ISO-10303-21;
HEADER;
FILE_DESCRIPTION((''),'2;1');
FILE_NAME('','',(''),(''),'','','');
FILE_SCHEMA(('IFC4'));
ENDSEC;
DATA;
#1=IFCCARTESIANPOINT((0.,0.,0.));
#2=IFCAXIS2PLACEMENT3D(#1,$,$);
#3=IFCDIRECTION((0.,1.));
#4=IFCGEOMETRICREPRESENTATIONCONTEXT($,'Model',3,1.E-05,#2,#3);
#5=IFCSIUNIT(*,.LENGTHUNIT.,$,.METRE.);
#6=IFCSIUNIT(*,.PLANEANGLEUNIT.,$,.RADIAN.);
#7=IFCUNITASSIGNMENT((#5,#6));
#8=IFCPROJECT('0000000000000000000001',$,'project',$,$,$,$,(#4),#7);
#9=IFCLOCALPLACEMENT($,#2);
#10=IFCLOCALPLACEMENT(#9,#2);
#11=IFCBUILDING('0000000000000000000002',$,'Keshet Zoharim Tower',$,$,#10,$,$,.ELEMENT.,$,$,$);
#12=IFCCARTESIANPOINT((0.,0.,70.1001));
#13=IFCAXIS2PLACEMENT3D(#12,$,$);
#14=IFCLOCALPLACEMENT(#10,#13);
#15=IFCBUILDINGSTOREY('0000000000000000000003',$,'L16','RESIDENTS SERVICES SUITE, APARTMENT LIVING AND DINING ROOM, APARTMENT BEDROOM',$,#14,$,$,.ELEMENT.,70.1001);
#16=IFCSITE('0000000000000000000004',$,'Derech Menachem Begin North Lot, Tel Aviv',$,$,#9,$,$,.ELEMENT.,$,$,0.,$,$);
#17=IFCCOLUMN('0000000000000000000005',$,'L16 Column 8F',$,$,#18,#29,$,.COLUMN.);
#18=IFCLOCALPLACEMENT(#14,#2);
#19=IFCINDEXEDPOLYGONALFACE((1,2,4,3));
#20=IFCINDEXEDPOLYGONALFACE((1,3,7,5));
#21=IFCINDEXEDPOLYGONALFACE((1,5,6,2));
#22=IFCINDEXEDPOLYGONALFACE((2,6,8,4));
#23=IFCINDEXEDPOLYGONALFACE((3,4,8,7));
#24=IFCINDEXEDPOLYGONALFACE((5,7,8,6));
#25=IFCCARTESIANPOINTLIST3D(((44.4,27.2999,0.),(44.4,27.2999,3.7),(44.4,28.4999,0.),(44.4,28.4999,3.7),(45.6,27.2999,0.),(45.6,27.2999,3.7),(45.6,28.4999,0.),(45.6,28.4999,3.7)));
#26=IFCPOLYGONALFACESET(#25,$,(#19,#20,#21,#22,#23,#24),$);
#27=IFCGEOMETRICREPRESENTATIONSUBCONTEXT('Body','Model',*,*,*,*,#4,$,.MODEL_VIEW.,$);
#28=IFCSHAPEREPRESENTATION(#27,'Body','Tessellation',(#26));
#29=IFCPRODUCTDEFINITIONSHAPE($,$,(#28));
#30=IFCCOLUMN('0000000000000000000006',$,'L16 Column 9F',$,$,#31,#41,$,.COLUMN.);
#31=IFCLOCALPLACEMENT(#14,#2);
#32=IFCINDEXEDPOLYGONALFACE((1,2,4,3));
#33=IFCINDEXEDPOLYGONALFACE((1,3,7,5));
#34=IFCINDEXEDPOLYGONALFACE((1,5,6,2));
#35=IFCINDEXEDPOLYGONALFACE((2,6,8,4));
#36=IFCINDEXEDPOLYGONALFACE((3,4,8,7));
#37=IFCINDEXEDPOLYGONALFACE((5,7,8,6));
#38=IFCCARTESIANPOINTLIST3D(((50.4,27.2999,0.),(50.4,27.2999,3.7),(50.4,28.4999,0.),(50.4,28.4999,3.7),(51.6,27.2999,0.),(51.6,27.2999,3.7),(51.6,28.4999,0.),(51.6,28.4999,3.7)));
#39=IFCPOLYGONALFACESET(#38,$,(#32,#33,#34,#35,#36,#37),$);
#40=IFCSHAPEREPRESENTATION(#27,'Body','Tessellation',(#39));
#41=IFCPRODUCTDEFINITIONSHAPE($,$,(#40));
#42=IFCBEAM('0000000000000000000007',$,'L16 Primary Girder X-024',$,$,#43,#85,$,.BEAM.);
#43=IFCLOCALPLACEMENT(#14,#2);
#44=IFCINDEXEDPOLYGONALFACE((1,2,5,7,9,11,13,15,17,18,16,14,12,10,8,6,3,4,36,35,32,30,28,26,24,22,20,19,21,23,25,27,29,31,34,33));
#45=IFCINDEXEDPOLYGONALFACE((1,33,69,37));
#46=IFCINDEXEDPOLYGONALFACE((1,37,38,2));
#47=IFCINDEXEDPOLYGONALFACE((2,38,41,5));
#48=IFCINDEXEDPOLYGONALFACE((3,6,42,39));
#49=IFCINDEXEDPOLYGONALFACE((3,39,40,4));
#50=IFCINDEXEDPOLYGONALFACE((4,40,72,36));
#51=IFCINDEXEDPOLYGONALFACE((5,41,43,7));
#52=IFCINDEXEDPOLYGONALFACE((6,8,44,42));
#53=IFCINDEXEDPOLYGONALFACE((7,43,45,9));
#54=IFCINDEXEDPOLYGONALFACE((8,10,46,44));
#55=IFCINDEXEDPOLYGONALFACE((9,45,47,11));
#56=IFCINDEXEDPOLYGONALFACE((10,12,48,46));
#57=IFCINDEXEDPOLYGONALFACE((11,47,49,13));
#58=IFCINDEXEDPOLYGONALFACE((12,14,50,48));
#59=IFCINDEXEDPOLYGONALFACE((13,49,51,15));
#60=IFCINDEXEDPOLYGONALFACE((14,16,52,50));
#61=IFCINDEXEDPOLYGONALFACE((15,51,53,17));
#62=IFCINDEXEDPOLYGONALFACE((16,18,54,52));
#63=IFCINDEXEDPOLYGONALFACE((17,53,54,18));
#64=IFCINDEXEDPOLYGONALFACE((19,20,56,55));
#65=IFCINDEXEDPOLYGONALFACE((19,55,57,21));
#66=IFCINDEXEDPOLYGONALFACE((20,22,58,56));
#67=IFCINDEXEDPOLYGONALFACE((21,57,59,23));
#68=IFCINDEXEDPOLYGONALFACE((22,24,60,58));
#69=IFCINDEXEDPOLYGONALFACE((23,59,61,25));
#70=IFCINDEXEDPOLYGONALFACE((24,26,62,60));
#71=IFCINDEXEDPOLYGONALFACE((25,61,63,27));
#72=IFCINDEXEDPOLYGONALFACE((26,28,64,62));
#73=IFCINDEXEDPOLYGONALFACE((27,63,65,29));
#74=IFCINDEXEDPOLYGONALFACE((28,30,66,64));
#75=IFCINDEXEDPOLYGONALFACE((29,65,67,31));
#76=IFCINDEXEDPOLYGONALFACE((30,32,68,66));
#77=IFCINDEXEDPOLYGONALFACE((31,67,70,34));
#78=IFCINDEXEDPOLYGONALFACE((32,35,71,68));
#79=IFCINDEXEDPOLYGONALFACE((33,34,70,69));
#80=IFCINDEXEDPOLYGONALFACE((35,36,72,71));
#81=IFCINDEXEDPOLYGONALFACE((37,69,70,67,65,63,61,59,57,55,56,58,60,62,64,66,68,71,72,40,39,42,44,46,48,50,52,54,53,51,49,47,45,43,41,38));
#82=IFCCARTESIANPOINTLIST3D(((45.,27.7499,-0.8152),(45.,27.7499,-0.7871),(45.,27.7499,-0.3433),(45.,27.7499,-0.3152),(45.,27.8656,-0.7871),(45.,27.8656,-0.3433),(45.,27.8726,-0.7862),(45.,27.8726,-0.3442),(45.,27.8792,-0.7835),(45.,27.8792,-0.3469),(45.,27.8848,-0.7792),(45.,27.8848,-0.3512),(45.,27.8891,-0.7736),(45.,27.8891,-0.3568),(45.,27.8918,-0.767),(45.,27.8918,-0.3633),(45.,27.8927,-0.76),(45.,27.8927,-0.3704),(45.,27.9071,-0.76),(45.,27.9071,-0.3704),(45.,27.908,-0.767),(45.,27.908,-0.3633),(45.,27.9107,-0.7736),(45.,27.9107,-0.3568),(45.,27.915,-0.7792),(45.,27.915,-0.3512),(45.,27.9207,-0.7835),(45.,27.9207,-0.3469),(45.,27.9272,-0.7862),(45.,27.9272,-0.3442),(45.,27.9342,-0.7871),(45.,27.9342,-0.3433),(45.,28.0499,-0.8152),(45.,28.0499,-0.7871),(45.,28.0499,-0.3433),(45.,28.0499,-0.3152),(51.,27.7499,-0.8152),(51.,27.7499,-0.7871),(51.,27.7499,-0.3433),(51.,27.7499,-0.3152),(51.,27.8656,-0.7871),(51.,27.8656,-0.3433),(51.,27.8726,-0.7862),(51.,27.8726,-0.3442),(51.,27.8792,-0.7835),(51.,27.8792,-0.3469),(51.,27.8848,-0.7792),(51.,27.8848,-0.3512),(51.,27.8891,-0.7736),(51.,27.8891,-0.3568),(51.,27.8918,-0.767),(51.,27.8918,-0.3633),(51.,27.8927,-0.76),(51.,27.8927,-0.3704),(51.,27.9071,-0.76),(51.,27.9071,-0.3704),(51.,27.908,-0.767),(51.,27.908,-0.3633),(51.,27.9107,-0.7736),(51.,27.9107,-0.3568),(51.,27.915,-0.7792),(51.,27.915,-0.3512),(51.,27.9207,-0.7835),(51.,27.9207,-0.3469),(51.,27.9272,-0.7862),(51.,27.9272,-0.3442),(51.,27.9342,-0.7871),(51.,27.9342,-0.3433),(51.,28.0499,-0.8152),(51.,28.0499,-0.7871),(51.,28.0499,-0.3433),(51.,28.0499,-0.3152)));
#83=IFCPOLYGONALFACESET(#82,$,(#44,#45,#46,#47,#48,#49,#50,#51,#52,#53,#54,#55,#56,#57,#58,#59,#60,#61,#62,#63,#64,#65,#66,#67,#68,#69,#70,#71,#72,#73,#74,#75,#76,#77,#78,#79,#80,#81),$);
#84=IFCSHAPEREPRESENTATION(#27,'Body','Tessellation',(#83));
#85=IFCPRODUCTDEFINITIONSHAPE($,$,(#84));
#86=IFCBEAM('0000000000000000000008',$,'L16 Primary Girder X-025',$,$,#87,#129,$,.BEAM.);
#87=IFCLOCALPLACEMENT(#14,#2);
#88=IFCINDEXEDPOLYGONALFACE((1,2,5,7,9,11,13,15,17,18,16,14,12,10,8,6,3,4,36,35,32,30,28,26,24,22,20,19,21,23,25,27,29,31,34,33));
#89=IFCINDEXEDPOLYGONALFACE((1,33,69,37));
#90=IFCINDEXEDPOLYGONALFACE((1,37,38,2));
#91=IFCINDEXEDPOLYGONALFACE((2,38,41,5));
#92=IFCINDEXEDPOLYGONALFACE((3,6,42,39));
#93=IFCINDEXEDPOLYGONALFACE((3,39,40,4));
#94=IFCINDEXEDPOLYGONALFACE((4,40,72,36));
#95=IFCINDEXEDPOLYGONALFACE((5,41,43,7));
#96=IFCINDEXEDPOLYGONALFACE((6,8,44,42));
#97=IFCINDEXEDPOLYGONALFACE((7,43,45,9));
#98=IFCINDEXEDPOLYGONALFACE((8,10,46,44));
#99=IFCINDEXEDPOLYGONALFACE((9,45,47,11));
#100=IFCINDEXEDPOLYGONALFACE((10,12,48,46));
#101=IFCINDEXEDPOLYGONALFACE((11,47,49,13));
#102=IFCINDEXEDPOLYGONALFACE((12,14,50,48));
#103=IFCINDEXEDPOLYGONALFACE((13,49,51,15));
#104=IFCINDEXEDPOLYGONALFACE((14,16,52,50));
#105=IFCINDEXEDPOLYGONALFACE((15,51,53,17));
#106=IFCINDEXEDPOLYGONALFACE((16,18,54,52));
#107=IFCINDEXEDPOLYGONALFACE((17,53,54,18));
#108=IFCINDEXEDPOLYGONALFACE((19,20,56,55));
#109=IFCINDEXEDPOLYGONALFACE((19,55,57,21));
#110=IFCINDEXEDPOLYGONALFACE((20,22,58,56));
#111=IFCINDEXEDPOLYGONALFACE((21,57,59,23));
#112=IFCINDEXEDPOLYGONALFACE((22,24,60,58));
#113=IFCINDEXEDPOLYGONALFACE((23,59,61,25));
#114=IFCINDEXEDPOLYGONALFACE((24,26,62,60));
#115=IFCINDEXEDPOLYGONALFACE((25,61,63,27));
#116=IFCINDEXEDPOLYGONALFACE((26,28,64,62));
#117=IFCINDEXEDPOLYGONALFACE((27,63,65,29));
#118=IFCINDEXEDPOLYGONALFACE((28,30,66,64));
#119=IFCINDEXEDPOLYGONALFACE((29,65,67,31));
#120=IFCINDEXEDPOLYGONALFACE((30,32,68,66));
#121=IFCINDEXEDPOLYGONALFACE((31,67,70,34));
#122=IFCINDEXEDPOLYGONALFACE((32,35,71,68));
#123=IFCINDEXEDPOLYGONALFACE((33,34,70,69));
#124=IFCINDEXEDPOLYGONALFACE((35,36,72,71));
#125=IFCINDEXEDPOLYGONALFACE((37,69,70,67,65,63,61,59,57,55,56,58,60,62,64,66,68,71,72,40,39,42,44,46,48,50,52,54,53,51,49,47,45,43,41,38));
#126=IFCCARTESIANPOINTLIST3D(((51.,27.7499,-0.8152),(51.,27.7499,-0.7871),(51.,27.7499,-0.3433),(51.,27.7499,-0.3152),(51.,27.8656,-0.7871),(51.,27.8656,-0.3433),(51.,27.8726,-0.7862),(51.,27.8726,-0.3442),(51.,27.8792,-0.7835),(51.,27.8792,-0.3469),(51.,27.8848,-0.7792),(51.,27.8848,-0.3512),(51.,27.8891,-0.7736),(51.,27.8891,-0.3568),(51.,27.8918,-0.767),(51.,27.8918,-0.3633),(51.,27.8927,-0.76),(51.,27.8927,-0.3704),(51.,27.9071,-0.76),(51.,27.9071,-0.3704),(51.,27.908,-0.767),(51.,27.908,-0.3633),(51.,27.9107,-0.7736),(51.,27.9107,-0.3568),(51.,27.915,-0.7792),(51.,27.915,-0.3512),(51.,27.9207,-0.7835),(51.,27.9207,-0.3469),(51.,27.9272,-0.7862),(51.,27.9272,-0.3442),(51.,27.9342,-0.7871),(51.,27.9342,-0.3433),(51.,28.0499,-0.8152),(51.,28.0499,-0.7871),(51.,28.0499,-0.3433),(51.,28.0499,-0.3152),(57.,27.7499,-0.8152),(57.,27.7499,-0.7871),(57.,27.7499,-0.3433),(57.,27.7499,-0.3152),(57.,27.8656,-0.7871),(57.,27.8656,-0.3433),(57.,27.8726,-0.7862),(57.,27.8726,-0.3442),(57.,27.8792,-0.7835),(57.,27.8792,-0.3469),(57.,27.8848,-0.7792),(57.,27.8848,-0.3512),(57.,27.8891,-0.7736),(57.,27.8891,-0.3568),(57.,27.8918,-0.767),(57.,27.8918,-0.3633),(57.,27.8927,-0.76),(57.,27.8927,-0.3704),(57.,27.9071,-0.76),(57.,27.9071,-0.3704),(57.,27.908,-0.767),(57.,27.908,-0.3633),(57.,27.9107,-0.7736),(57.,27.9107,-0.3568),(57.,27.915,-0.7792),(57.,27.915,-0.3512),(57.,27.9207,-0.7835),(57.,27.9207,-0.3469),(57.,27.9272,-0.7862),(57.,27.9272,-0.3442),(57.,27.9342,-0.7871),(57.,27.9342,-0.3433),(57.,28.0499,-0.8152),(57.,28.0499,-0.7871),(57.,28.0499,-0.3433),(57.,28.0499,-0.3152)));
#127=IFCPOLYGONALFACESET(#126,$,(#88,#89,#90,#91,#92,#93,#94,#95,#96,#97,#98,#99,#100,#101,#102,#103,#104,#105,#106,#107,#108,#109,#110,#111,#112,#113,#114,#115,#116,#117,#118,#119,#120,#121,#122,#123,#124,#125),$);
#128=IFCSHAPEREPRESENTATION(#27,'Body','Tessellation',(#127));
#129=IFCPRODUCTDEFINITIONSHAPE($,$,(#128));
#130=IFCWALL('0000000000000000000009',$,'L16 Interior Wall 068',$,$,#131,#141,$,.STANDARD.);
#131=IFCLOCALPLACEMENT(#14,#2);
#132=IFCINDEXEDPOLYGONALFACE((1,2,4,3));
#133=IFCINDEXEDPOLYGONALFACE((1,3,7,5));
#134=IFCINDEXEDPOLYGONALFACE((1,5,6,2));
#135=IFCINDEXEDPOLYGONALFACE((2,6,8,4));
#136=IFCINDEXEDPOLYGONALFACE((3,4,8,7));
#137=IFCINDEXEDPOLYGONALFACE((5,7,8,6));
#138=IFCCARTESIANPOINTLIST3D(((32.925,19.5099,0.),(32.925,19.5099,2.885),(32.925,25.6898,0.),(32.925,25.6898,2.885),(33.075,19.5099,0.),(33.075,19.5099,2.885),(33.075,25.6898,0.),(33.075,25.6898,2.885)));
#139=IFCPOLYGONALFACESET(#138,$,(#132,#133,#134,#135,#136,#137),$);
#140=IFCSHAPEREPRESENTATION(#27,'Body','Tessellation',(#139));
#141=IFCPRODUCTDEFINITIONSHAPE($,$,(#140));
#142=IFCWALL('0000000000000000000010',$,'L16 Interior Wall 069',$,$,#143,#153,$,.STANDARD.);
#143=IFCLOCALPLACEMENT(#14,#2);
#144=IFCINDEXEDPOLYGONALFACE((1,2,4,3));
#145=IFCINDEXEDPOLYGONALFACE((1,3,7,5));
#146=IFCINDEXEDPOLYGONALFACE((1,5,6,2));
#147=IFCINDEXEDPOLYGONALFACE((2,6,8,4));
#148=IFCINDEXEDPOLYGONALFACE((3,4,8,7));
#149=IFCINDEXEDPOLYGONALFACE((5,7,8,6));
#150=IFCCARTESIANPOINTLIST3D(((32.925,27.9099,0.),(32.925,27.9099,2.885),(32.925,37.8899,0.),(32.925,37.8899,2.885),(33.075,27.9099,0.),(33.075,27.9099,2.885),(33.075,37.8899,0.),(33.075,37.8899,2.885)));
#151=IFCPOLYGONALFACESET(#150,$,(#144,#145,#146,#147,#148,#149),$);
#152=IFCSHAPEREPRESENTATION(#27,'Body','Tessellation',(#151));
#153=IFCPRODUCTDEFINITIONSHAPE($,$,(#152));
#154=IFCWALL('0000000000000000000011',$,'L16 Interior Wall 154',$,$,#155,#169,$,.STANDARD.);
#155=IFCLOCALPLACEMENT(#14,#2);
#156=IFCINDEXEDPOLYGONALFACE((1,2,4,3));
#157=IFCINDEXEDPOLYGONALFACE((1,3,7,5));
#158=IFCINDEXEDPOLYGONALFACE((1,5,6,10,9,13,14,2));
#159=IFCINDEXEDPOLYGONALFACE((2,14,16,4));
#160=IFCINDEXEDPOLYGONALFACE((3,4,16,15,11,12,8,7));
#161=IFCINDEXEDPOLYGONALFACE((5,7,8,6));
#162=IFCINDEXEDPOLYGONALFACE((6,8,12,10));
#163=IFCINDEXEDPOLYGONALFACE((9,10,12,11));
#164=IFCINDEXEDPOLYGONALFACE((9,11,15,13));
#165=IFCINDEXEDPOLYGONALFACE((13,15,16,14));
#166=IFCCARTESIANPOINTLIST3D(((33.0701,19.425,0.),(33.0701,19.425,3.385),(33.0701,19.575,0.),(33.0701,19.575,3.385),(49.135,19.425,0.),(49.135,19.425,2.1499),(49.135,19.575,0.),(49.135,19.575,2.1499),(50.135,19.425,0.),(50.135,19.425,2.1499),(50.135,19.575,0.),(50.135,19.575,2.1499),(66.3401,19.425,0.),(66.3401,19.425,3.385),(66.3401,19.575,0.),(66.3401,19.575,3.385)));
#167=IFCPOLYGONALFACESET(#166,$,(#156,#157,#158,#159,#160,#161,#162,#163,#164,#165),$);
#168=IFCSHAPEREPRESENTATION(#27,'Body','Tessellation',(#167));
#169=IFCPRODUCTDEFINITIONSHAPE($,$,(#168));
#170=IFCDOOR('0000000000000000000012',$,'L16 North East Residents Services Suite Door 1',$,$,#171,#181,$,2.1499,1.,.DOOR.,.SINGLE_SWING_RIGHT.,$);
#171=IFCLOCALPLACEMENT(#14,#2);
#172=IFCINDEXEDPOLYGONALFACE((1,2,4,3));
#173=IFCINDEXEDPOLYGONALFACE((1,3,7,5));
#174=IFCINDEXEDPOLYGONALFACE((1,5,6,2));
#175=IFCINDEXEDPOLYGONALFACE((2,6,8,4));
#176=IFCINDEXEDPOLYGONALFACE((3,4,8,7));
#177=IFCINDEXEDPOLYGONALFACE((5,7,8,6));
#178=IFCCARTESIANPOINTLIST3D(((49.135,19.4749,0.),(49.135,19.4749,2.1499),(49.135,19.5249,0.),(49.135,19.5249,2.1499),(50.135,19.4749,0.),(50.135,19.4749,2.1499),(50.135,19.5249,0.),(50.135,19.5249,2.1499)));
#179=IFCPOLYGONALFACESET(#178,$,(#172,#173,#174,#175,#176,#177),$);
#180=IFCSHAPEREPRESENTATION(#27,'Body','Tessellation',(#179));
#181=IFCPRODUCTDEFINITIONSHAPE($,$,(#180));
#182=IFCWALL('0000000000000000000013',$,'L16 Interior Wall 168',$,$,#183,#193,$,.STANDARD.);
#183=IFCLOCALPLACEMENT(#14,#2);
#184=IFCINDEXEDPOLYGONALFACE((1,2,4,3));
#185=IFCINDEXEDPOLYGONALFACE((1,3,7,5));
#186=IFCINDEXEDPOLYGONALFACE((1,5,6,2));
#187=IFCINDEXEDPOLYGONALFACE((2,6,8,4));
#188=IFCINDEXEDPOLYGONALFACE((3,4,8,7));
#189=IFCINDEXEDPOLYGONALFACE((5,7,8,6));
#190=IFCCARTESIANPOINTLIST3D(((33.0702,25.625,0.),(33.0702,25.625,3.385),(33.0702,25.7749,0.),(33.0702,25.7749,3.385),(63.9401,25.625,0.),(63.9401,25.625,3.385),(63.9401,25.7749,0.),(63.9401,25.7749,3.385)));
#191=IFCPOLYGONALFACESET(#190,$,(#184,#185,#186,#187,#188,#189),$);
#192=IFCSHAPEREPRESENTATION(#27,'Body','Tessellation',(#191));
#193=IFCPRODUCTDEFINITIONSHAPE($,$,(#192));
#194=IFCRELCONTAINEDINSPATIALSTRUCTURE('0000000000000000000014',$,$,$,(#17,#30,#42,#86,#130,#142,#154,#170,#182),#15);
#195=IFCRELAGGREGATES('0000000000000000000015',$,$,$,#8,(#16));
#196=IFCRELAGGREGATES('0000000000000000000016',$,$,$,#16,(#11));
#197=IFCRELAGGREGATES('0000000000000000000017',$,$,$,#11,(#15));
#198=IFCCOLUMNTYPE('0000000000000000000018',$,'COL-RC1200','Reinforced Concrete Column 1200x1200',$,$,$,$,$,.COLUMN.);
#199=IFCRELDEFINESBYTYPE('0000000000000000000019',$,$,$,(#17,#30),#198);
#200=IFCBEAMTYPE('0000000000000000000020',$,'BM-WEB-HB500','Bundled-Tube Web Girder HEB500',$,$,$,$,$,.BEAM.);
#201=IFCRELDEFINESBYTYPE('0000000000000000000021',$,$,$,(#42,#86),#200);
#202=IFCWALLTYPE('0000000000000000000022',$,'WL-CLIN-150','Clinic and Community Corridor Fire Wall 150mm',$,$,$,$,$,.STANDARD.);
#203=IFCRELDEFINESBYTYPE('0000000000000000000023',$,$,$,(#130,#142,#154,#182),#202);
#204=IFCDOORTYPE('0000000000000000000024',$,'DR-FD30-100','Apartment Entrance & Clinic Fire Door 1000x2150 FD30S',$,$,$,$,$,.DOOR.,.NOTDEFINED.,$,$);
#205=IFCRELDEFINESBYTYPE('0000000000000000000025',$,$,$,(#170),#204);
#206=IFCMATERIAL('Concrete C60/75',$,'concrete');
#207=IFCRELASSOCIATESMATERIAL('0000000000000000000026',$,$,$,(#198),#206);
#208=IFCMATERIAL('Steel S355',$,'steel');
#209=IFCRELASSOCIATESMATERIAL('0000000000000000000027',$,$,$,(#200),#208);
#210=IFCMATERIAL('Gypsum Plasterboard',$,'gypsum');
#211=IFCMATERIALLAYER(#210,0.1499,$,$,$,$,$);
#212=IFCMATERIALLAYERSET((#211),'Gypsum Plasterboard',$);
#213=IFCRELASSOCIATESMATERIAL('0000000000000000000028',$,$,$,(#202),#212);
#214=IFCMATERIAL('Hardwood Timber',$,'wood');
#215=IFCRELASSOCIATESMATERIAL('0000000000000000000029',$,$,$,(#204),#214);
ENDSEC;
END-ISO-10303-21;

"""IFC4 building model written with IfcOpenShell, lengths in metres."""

from ifc_helpers import new_model, si_unit, direction, frame, frame_2d, origin, origin_2d, place, context, subcontext, project, spatial, rectangle, i_section, extrude, material, layer, layer_set, material_profile, profile_set, type_object, element, fill, save


model = new_model("IFC4")

# Units and contexts
model_context = context("Model", 3, precision=1e-05, world=origin(), true_north=direction((0.0, 1.0)))
body_context = subcontext(model_context, "Body", "Model", "MODEL_VIEW")
ifc_project = project(units=[si_unit("LENGTHUNIT", "METRE"), si_unit("PLANEANGLEUNIT", "RADIAN")], contexts=[model_context])

# Site, building, storey
site_placement = place(None, origin())
site = spatial("IfcSite", under=ifc_project, at=site_placement, Name="Derech Menachem Begin North Lot, Tel Aviv", CompositionType="ELEMENT", RefElevation=0.0)
building_placement = place(site_placement, origin())
building = spatial("IfcBuilding", under=site, at=building_placement, Name="Keshet Zoharim Tower", CompositionType="ELEMENT")
storey_placement = place(building_placement, frame((0.0, 0.0, 70.1001)))
storey = spatial("IfcBuildingStorey", under=building, at=storey_placement, Name="L16", Description="RESIDENTS SERVICES SUITE, APARTMENT LIVING AND DINING ROOM, APARTMENT BEDROOM", CompositionType="ELEMENT", Elevation=70.1001)

# Columns
ifc_material_1 = material(Name="Concrete C60/75", Category="concrete")
ifc_material_profile_1 = material_profile(ifc_material_1, rectangle(XDim=1.2, YDim=1.2, at=origin_2d()), Name="RC1200x1200")
ifc_profile_set_1 = profile_set([ifc_material_profile_1], Name="Concrete C60/75")
column_type = type_object("IfcColumnType", Name="COL-RC1200", Description="Reinforced Concrete Column 1200x1200", PredefinedType="COLUMN", material=ifc_profile_set_1)
for number, where, z_axis, x_axis, name in (
    (1, (45.0, 27.8999, 0.0), (0.0, 0.0, 1.0), (1.0, 0.0, 0.0), "L16 Column 8F"),
    (2, (51.0, 27.8999, 0.0), (0.0, 0.0, 1.0), (1.0, 0.0, 0.0), "L16 Column 9F"),
):
    element("IfcColumn", number, at=place(storey_placement, frame(where, z_axis=z_axis, x_axis=x_axis)), inside=storey, type_object=column_type, Name=name, PredefinedType="COLUMN", context=body_context, shape_type="SweptSolid", body=[
        extrude(rectangle(XDim=1.2, YDim=1.2, at=origin_2d()), origin(), (0.0, 0.0, 1.0), 3.7),
    ])

# Beams
ifc_material_2 = material(Name="Steel S355", Category="steel")
ifc_material_profile_2 = material_profile(ifc_material_2, i_section(OverallWidth=0.3, OverallDepth=0.5, WebThickness=0.0144, FlangeThickness=0.0281, FilletRadius=0.0271, at=origin_2d()), Name="HEB500")
ifc_profile_set_2 = profile_set([ifc_material_profile_2], Name="Steel S355")
beam_type = type_object("IfcBeamType", Name="BM-WEB-HB500", Description="Bundled-Tube Web Girder HEB500", PredefinedType="BEAM", material=ifc_profile_set_2)
for number, where, z_axis, x_axis, name in (
    (3, (45.0, 27.8999, -0.5652), (1.0, 0.0, 0.0), (0.0, 1.0, 0.0), "L16 Primary Girder X-024"),
    (4, (51.0, 27.8999, -0.5652), (1.0, 0.0, 0.0), (0.0, 1.0, 0.0), "L16 Primary Girder X-025"),
):
    element("IfcBeam", number, at=place(storey_placement, frame(where, z_axis=z_axis, x_axis=x_axis)), inside=storey, type_object=beam_type, Name=name, PredefinedType="BEAM", context=body_context, shape_type="SweptSolid", body=[
        extrude(i_section(OverallWidth=0.3, OverallDepth=0.5, WebThickness=0.0144, FlangeThickness=0.0281, FilletRadius=0.0271, at=origin_2d()), origin(), (0.0, 0.0, 1.0), 6.0),
    ])

# Walls
ifc_material_3 = material(Name="Gypsum Plasterboard", Category="gypsum")
ifc_layer_1 = layer(ifc_material_3, 0.1499)
ifc_layer_set_1 = layer_set([ifc_layer_1], Name="Gypsum Plasterboard")
wall_type_1 = type_object("IfcWallType", Name="WL-CLIN-150", Description="Clinic and Community Corridor Fire Wall 150mm", PredefinedType="STANDARD", material=ifc_layer_set_1)
wall_1_placement = place(storey_placement, frame((33.0, 19.51, 0.0), z_axis=(0.0, 0.0, 1.0), x_axis=(0.0, 1.0, 0.0)))
element("IfcWall", 5, at=wall_1_placement, inside=storey, type_object=wall_type_1, Name="L16 Interior Wall 068", PredefinedType="STANDARD", context=body_context, shape_type="SweptSolid", body=[
    extrude(rectangle(XDim=6.1799, YDim=0.1499, at=frame_2d((3.0898, 0.0))), origin(), (0.0, 0.0, 1.0), 2.885),
])
wall_2_placement = place(storey_placement, frame((33.0, 27.9099, 0.0), z_axis=(0.0, 0.0, 1.0), x_axis=(0.0, 1.0, 0.0)))
element("IfcWall", 6, at=wall_2_placement, inside=storey, type_object=wall_type_1, Name="L16 Interior Wall 069", PredefinedType="STANDARD", context=body_context, shape_type="SweptSolid", body=[
    extrude(rectangle(XDim=9.98, YDim=0.1499, at=frame_2d((4.99, 0.0))), origin(), (0.0, 0.0, 1.0), 2.885),
])

# Wall, opening, door
wall_3_placement = place(storey_placement, frame((33.0701, 19.5, 0.0), z_axis=(0.0, 0.0, 1.0), x_axis=(1.0, 0.0, 0.0)))
wall_3 = element("IfcWall", 7, at=wall_3_placement, inside=storey, type_object=wall_type_1, Name="L16 Interior Wall 154", PredefinedType="STANDARD", context=body_context, shape_type="SweptSolid", body=[
    extrude(rectangle(XDim=33.27, YDim=0.1499, at=frame_2d((16.635, 0.0))), origin(), (0.0, 0.0, 1.0), 3.385),
])
opening_1_placement = place(wall_3_placement, frame((16.0649, 0.0, 0.0)))
opening_1 = element("IfcOpeningElement", 8, at=opening_1_placement, cuts=wall_3, PredefinedType="OPENING", context=body_context, shape_type="SweptSolid", body=[
    extrude(rectangle(XDim=1.0, YDim=2.1499, at=frame_2d((0.5, 1.075))), frame((0.0, 0.085, 0.0), z_axis=(0.0, -1.0, 0.0), x_axis=(1.0, 0.0, 0.0)), (0.0, 0.0, 1.0), 0.1699),
])
ifc_material_4 = material(Name="Hardwood Timber", Category="wood")
door_type = type_object("IfcDoorType", Name="DR-FD30-100", Description="Apartment Entrance & Clinic Fire Door 1000x2150 FD30S", OperationType="NOTDEFINED", PredefinedType="DOOR", material=ifc_material_4)
door_1_placement = place(opening_1_placement, origin())
door_1 = element("IfcDoor", 9, at=door_1_placement, inside=storey, type_object=door_type, Name="L16 North East Residents Services Suite Door 1", OperationType="SINGLE_SWING_RIGHT", OverallHeight=2.1499, OverallWidth=1.0, PredefinedType="DOOR", context=body_context, shape_type="SweptSolid", body=[
    extrude(rectangle(XDim=1.0, YDim=2.1499, at=frame_2d((0.5, 1.075))), frame((0.0, 0.0249, 0.0), z_axis=(0.0, -1.0, 0.0), x_axis=(1.0, 0.0, 0.0)), (0.0, 0.0, 1.0), 0.05),
])
fill(opening_1, door_1)

# Wall
wall_4_placement = place(storey_placement, frame((33.0701, 25.7, 0.0), z_axis=(0.0, 0.0, 1.0), x_axis=(1.0, 0.0, 0.0)))
element("IfcWall", 10, at=wall_4_placement, inside=storey, type_object=wall_type_1, Name="L16 Interior Wall 168", PredefinedType="STANDARD", context=body_context, shape_type="SweptSolid", body=[
    extrude(rectangle(XDim=30.8699, YDim=0.1499, at=frame_2d((15.4351, 0.0))), origin(), (0.0, 0.0, 1.0), 3.385),
])

save(model, "model.ifc")
